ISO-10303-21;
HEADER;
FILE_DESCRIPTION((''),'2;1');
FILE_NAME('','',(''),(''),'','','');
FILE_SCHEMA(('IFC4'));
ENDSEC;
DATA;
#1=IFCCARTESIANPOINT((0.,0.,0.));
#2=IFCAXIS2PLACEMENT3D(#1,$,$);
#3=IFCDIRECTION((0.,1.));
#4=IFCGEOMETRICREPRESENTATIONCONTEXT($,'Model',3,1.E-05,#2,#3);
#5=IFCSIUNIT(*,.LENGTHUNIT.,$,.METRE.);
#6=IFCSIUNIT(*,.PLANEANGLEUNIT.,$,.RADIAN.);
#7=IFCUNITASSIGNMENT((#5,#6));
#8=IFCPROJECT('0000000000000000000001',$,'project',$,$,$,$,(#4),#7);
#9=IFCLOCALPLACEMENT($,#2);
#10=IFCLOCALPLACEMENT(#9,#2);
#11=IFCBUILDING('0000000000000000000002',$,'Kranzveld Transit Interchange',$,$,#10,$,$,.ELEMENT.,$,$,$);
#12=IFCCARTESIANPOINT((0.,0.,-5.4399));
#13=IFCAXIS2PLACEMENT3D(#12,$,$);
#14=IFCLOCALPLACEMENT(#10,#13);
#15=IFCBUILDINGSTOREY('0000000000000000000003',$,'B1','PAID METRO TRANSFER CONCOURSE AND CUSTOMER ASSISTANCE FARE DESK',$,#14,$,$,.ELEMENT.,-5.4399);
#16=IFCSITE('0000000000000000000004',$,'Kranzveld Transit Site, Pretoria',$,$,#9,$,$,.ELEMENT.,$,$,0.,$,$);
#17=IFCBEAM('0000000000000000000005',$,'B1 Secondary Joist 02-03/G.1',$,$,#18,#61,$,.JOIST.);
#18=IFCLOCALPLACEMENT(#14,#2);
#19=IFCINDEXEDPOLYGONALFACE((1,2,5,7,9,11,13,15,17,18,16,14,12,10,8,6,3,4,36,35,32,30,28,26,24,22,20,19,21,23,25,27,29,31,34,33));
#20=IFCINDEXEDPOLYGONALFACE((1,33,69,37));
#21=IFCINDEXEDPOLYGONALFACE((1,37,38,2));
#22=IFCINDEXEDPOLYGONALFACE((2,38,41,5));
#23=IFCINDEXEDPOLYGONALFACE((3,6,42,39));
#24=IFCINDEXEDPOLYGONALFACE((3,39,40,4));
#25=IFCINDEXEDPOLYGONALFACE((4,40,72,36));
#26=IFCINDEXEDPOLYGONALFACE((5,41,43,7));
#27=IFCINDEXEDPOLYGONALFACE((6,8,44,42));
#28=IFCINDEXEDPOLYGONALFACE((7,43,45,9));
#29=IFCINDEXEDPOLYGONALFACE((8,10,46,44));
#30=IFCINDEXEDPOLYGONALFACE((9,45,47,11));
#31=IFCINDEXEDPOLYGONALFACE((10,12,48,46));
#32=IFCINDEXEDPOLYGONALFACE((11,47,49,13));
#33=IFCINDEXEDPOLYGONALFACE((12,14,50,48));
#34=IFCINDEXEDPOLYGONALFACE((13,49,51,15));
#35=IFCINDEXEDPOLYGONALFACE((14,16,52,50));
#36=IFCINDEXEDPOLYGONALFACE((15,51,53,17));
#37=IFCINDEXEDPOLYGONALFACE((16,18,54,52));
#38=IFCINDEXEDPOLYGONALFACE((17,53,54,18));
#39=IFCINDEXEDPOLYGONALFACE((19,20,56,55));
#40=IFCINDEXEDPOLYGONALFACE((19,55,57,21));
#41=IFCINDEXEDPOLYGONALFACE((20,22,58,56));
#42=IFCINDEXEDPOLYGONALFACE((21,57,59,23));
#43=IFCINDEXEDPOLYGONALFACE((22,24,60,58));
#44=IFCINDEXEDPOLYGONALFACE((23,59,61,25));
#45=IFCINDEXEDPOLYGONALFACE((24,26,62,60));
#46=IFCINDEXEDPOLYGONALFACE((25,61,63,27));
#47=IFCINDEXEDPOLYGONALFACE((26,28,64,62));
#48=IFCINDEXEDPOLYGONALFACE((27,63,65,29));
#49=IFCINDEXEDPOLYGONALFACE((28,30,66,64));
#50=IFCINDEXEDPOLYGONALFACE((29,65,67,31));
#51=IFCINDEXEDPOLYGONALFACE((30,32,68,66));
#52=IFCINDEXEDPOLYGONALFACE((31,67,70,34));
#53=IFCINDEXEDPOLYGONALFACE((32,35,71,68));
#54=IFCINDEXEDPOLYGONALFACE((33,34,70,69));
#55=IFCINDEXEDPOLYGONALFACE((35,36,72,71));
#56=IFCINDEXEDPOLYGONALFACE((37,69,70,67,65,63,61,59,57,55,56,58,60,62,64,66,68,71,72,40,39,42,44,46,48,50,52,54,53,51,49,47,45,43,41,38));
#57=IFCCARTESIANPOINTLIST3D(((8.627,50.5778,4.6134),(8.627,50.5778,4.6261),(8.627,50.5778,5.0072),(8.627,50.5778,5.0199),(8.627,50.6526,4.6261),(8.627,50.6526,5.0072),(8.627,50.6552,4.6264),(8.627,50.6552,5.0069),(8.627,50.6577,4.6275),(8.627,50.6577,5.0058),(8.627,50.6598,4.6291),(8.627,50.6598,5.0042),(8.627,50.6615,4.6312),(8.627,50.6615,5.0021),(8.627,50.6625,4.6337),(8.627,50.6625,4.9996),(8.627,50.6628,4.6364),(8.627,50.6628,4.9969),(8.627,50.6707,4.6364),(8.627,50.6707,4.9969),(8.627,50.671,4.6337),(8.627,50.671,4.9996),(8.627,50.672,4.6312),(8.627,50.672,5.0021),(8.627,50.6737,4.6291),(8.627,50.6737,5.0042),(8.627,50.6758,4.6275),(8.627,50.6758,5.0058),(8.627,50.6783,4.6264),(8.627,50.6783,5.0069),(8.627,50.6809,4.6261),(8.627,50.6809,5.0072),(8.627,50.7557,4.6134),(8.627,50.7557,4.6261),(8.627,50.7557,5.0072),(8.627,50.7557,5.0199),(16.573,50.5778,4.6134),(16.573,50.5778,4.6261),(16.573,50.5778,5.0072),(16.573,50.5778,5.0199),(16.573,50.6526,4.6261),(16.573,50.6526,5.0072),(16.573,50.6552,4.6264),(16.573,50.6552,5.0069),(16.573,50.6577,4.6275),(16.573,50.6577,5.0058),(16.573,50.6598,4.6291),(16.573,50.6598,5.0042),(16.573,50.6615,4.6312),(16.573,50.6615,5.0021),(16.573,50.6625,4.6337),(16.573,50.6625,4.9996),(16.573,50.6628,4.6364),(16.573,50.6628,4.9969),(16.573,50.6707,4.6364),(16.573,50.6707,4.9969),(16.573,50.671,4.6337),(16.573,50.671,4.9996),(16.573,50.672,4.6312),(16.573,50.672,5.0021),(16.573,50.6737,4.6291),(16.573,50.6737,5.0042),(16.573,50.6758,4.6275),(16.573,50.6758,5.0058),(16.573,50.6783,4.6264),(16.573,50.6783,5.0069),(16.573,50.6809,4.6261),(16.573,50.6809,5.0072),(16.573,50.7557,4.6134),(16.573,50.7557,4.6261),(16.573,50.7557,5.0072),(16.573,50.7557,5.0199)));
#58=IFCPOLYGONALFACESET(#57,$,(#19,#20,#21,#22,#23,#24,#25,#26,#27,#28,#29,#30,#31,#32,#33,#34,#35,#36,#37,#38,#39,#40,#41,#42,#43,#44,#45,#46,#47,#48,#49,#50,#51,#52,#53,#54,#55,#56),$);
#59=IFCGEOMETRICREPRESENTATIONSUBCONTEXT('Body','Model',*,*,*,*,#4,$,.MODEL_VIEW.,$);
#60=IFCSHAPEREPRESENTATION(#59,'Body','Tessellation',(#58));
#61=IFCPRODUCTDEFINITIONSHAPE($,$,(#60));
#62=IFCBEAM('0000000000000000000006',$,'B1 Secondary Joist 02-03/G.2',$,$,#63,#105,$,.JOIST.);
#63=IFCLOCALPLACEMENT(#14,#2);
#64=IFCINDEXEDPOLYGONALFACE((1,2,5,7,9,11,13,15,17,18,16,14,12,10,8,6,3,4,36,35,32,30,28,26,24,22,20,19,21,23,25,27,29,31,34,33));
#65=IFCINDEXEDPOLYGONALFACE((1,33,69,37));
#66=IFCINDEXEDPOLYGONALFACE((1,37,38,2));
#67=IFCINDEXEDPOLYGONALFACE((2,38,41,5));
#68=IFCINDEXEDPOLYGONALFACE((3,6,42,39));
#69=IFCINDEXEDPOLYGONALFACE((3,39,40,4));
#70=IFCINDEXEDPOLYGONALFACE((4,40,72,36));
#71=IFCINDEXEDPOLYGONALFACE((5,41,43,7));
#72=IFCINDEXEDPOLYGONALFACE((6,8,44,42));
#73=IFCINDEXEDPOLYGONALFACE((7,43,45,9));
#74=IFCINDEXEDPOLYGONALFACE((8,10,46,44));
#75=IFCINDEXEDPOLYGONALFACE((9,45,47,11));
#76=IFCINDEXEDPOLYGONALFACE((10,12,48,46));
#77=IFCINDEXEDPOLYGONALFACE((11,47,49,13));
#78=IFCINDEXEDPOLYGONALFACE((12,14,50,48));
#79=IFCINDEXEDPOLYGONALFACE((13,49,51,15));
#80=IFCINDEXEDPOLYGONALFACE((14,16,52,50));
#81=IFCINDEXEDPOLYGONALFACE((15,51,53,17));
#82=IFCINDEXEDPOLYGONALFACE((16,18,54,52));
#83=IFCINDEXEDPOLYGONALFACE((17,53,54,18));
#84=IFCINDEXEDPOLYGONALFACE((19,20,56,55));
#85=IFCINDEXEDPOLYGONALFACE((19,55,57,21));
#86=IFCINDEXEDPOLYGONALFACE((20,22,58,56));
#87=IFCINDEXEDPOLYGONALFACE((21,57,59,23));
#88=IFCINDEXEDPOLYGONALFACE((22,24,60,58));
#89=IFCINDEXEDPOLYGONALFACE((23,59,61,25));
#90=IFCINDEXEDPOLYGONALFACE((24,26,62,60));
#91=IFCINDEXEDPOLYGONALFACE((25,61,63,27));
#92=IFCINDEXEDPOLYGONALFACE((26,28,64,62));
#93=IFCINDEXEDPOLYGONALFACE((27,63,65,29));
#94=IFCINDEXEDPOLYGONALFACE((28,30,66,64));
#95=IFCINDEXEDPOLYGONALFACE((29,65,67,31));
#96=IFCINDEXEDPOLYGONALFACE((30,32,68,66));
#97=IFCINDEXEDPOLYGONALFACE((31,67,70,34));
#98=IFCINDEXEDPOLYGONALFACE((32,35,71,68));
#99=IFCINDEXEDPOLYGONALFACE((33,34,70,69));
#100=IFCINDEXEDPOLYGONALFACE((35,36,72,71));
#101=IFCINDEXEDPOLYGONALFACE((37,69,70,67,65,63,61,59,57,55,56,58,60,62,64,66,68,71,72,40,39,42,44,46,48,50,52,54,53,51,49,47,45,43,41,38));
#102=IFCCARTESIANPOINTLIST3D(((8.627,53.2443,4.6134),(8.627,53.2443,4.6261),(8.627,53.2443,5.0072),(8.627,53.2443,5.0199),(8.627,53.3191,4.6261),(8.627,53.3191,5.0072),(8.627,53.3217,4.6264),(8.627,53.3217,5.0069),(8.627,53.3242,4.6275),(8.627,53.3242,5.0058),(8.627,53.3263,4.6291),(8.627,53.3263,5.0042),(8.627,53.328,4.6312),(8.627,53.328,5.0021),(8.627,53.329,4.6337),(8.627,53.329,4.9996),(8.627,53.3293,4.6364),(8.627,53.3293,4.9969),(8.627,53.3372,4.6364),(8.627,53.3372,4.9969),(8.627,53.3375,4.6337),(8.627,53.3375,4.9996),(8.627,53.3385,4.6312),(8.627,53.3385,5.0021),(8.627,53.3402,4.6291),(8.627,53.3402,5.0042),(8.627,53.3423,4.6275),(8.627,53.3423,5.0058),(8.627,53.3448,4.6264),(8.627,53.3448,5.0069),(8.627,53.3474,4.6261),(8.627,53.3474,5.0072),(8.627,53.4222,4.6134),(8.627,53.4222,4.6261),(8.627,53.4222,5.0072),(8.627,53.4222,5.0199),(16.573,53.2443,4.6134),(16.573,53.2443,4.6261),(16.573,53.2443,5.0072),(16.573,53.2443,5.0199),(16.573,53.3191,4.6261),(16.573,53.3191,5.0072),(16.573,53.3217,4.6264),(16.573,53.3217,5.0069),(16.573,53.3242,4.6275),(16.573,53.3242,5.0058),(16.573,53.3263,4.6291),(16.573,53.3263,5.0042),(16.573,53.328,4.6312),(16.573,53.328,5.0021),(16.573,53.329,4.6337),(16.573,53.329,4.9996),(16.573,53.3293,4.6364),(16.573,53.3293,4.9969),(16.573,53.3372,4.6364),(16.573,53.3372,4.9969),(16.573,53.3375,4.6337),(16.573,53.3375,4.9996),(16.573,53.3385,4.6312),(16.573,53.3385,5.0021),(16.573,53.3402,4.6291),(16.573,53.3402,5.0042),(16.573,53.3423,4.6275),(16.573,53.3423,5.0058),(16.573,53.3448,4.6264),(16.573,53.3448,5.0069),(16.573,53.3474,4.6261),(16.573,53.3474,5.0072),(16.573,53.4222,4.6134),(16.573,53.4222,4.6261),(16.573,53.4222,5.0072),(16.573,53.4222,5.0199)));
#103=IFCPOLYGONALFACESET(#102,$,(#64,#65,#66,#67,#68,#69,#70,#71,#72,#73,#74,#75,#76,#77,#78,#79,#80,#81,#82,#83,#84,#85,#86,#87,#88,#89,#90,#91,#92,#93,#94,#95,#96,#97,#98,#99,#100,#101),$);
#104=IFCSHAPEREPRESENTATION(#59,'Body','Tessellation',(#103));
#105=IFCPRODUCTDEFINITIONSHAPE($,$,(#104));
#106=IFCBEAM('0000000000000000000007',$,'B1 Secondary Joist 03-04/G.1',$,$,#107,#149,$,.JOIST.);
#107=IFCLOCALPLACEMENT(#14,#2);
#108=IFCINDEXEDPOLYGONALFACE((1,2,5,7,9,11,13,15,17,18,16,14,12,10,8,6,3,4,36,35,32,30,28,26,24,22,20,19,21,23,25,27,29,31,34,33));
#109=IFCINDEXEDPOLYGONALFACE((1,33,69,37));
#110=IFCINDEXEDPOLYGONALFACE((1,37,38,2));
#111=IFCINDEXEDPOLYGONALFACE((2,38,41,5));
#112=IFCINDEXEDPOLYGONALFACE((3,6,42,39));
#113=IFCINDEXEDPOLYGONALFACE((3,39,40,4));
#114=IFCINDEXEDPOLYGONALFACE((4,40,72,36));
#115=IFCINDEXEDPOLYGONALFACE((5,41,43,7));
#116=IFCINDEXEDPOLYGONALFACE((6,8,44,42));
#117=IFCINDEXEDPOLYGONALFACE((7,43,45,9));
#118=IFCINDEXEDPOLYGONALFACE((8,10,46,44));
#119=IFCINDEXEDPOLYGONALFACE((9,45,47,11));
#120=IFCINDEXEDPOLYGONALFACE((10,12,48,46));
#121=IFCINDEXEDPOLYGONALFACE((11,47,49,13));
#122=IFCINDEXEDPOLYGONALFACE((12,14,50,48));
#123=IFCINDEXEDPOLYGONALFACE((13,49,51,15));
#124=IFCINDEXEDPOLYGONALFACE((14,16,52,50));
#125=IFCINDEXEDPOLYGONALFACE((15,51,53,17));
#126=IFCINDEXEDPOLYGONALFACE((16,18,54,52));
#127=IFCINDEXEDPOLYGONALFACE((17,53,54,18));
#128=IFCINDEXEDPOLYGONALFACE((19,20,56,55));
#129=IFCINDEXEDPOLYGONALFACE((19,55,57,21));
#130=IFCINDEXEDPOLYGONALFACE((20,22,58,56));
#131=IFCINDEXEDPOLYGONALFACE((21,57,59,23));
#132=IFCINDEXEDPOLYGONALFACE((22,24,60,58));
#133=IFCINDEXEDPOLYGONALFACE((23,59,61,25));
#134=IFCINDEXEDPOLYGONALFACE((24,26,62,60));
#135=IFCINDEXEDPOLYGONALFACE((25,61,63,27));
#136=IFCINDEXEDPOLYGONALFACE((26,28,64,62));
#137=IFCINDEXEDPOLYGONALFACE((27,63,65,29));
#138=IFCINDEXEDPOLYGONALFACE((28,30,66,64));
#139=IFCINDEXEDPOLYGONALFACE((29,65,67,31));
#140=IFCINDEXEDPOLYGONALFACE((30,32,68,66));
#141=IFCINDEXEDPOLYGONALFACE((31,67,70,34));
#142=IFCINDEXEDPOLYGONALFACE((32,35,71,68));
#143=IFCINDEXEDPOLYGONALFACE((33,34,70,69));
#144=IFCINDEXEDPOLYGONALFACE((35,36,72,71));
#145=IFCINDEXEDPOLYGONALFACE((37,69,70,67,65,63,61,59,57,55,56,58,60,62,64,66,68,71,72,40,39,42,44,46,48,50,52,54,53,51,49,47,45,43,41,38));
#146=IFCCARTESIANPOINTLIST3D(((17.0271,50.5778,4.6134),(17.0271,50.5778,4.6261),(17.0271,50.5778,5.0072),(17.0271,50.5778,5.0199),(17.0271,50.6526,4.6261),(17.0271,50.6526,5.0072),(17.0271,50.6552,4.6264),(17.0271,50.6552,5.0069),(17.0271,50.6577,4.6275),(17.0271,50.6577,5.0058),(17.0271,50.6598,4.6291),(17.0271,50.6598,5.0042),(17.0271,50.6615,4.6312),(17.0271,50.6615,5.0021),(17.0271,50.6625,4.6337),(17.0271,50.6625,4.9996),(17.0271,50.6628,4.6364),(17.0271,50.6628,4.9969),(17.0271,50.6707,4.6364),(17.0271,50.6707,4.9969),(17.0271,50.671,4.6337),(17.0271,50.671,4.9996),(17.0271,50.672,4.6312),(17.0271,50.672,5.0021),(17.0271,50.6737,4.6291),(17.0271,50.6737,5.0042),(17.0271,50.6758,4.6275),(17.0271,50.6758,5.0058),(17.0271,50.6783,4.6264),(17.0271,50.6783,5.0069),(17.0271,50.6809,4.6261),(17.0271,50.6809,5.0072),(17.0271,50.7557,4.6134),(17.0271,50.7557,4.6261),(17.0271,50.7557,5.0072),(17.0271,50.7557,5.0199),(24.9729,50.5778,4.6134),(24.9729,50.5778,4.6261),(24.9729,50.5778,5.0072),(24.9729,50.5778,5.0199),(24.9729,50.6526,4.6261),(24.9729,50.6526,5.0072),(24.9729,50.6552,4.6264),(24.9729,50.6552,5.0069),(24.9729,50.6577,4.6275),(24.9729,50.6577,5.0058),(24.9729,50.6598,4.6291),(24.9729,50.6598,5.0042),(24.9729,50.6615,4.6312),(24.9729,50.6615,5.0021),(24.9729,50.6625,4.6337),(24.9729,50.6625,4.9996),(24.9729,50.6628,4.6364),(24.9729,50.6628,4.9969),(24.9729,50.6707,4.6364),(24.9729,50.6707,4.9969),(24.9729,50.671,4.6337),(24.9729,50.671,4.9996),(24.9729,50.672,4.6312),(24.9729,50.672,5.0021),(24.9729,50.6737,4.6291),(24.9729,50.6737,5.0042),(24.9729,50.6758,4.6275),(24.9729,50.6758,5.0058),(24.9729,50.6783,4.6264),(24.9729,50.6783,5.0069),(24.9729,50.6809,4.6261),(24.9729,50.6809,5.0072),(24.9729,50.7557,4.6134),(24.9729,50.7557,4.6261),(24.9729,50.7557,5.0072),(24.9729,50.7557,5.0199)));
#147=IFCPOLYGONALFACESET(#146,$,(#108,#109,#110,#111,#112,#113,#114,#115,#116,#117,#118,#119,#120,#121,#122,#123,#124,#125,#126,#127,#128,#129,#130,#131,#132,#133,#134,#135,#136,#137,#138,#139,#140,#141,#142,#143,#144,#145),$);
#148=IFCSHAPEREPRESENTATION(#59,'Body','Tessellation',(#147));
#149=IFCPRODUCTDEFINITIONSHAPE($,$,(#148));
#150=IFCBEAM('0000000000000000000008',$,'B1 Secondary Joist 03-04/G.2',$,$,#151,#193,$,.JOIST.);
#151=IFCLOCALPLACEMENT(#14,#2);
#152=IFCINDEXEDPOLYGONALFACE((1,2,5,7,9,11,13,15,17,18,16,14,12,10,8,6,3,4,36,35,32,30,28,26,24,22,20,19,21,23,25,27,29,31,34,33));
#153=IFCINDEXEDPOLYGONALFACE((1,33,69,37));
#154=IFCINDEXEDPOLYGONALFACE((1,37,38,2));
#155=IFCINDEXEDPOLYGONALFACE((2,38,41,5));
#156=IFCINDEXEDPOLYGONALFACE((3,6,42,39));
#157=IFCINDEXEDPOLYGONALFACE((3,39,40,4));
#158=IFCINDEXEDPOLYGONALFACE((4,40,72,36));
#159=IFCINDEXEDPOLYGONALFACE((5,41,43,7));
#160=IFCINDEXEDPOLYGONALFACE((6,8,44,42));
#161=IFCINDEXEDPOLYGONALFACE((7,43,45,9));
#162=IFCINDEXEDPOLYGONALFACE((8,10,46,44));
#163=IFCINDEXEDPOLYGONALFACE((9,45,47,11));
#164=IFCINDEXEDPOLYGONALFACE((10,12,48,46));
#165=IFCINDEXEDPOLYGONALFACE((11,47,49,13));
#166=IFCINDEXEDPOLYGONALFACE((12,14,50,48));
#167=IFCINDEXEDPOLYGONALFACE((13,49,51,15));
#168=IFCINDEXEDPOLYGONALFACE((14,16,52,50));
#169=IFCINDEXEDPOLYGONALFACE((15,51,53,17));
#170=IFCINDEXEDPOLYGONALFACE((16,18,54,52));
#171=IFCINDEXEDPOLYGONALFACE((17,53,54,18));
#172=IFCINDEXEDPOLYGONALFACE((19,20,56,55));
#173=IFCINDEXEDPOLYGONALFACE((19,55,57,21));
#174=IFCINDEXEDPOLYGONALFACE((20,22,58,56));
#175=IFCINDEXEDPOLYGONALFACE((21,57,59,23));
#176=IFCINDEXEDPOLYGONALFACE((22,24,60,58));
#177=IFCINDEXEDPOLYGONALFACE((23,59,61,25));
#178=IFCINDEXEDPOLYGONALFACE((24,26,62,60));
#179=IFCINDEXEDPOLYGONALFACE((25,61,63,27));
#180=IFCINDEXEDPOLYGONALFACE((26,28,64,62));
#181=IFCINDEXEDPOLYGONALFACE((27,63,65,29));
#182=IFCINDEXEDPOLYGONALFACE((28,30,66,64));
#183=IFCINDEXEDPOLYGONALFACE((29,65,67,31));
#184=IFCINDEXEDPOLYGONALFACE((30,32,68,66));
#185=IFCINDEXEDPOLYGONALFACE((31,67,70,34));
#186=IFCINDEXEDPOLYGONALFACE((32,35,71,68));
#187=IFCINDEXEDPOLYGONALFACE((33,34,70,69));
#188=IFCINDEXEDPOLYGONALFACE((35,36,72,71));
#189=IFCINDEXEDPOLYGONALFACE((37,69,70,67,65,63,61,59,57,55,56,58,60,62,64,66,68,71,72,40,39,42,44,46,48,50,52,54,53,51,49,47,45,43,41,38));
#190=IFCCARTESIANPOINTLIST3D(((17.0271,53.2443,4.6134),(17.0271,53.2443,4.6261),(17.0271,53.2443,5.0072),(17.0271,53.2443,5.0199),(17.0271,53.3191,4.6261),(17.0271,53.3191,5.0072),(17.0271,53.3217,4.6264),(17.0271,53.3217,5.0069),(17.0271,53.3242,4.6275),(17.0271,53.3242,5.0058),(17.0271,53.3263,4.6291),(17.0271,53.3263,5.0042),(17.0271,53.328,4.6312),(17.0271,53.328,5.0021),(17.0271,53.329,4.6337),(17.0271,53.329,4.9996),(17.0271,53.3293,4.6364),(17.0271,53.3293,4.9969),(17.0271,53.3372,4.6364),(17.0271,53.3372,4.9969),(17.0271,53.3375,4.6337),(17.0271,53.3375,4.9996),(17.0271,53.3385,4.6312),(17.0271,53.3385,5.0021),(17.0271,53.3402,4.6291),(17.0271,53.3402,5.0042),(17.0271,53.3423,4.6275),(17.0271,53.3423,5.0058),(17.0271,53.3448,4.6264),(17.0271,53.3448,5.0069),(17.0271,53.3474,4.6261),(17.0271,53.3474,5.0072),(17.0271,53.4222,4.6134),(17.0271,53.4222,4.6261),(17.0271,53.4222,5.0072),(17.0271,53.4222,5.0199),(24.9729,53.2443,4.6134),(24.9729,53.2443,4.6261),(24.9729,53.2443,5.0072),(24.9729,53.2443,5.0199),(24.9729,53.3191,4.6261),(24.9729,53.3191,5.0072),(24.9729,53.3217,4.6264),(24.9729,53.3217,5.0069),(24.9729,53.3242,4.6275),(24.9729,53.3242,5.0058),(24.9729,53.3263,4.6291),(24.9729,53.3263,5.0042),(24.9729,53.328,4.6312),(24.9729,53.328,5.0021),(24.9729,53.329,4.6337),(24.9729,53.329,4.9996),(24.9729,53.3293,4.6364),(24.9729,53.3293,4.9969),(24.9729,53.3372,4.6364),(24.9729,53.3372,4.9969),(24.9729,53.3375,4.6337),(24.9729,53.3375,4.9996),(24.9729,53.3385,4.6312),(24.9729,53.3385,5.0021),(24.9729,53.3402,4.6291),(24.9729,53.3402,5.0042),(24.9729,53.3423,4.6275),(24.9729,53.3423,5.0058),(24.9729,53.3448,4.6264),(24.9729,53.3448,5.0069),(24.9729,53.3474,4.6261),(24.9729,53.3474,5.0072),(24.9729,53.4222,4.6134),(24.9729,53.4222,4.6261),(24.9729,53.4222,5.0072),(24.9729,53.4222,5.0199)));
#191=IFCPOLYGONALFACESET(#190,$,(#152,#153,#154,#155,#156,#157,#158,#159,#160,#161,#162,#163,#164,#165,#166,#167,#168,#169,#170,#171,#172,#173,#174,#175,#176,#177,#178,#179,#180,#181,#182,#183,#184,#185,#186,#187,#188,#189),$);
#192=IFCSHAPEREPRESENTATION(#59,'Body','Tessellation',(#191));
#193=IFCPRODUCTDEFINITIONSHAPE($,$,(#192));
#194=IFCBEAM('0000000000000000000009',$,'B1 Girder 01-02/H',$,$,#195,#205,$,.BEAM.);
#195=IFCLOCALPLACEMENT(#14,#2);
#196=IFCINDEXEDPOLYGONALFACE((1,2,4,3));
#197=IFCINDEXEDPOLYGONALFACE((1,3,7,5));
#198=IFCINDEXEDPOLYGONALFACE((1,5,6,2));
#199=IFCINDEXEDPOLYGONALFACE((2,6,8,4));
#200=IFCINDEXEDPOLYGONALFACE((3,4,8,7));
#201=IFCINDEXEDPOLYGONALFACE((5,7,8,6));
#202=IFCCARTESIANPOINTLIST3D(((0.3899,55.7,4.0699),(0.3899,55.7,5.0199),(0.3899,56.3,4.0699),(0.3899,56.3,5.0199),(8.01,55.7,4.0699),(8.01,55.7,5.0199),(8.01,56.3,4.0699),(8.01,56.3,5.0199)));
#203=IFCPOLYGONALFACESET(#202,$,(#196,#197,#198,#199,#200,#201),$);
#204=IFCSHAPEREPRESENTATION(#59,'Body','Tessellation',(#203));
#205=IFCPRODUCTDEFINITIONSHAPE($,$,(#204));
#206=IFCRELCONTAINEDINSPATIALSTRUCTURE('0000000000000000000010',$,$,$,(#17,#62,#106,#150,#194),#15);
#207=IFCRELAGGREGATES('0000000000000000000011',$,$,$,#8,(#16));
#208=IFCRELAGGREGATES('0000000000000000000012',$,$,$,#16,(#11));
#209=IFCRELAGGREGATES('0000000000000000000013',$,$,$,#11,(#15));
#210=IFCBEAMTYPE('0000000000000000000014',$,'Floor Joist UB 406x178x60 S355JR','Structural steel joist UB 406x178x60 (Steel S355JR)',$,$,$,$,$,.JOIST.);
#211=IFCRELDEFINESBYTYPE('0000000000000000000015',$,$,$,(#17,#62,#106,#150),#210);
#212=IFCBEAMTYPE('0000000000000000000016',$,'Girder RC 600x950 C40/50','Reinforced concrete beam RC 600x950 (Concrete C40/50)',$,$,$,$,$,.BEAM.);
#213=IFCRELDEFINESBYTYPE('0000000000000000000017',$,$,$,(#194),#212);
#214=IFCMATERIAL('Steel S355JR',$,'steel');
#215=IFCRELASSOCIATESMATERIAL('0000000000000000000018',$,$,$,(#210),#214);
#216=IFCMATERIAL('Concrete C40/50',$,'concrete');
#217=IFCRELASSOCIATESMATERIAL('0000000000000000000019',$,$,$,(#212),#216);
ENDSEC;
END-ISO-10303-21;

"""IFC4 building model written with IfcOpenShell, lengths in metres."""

from ifc_helpers import new_model, si_unit, direction, frame, origin, origin_2d, place, context, subcontext, project, spatial, rectangle, i_section, extrude, material, material_profile, profile_set, type_object, element, save


model = new_model("IFC4")

# Units and contexts
model_context = context("Model", 3, precision=1e-05, world=origin(), true_north=direction((0.0, 1.0)))
body_context = subcontext(model_context, "Body", "Model", "MODEL_VIEW")
ifc_project = project(units=[si_unit("LENGTHUNIT", "METRE"), si_unit("PLANEANGLEUNIT", "RADIAN")], contexts=[model_context])

# Site, building, storey
site_placement = place(None, origin())
site = spatial("IfcSite", under=ifc_project, at=site_placement, Name="Kranzveld Transit Site, Pretoria", CompositionType="ELEMENT", RefElevation=0.0)
building_placement = place(site_placement, origin())
building = spatial("IfcBuilding", under=site, at=building_placement, Name="Kranzveld Transit Interchange", CompositionType="ELEMENT")
storey_placement = place(building_placement, frame((0.0, 0.0, -5.4399)))
storey = spatial("IfcBuildingStorey", under=building, at=storey_placement, Name="B1", Description="PAID METRO TRANSFER CONCOURSE AND CUSTOMER ASSISTANCE FARE DESK", CompositionType="ELEMENT", Elevation=-5.4399)

# Beams
ifc_material_1 = material(Name="Steel S355JR", Category="steel")
ifc_material_profile_1 = material_profile(ifc_material_1, i_section(OverallWidth=0.178, OverallDepth=0.4065, WebThickness=0.0078, FlangeThickness=0.0127, FilletRadius=0.0103, at=origin_2d()), Name="UB 406x178x60")
ifc_profile_set_1 = profile_set([ifc_material_profile_1], Name="Steel S355JR")
beam_type_1 = type_object("IfcBeamType", Name="Floor Joist UB 406x178x60 S355JR", Description="Structural steel joist UB 406x178x60 (Steel S355JR)", PredefinedType="JOIST", material=ifc_profile_set_1)
for number, where, z_axis, x_axis, name in (
    (1, (8.627, 50.6667, 4.8167), (1.0, 0.0, 0.0), (0.0, 1.0, 0.0), "B1 Secondary Joist 02-03/G.1"),
    (2, (8.627, 53.3333, 4.8167), (1.0, 0.0, 0.0), (0.0, 1.0, 0.0), "B1 Secondary Joist 02-03/G.2"),
):
    element("IfcBeam", number, at=place(storey_placement, frame(where, z_axis=z_axis, x_axis=x_axis)), inside=storey, type_object=beam_type_1, Name=name, PredefinedType="JOIST", context=body_context, shape_type="SweptSolid", body=[
        extrude(i_section(OverallWidth=0.178, OverallDepth=0.4065, WebThickness=0.0078, FlangeThickness=0.0127, FilletRadius=0.0103, at=origin_2d()), origin(), (0.0, 0.0, 1.0), 7.946),
    ])
for number, where, z_axis, x_axis, name in (
    (3, (17.0271, 50.6667, 4.8167), (1.0, 0.0, 0.0), (0.0, 1.0, 0.0), "B1 Secondary Joist 03-04/G.1"),
    (4, (17.0271, 53.3333, 4.8167), (1.0, 0.0, 0.0), (0.0, 1.0, 0.0), "B1 Secondary Joist 03-04/G.2"),
):
    element("IfcBeam", number, at=place(storey_placement, frame(where, z_axis=z_axis, x_axis=x_axis)), inside=storey, type_object=beam_type_1, Name=name, PredefinedType="JOIST", context=body_context, shape_type="SweptSolid", body=[
        extrude(i_section(OverallWidth=0.178, OverallDepth=0.4065, WebThickness=0.0078, FlangeThickness=0.0127, FilletRadius=0.0103, at=origin_2d()), origin(), (0.0, 0.0, 1.0), 7.9458),
    ])
ifc_material_2 = material(Name="Concrete C40/50", Category="concrete")
ifc_material_profile_2 = material_profile(ifc_material_2, rectangle(XDim=0.6001, YDim=0.95, at=origin_2d()), Name="RC 600x950")
ifc_profile_set_2 = profile_set([ifc_material_profile_2], Name="Concrete C40/50")
beam_type_2 = type_object("IfcBeamType", Name="Girder RC 600x950 C40/50", Description="Reinforced concrete beam RC 600x950 (Concrete C40/50)", PredefinedType="BEAM", material=ifc_profile_set_2)
beam_1_placement = place(storey_placement, frame((0.3899, 56.0, 4.5449), z_axis=(1.0, 0.0, 0.0), x_axis=(0.0, 1.0, 0.0)))
element("IfcBeam", 5, at=beam_1_placement, inside=storey, type_object=beam_type_2, Name="B1 Girder 01-02/H", PredefinedType="BEAM", context=body_context, shape_type="SweptSolid", body=[
    extrude(rectangle(XDim=0.6001, YDim=0.95, at=origin_2d()), origin(), (0.0, 0.0, 1.0), 7.6201),
])

save(model, "model.ifc")
